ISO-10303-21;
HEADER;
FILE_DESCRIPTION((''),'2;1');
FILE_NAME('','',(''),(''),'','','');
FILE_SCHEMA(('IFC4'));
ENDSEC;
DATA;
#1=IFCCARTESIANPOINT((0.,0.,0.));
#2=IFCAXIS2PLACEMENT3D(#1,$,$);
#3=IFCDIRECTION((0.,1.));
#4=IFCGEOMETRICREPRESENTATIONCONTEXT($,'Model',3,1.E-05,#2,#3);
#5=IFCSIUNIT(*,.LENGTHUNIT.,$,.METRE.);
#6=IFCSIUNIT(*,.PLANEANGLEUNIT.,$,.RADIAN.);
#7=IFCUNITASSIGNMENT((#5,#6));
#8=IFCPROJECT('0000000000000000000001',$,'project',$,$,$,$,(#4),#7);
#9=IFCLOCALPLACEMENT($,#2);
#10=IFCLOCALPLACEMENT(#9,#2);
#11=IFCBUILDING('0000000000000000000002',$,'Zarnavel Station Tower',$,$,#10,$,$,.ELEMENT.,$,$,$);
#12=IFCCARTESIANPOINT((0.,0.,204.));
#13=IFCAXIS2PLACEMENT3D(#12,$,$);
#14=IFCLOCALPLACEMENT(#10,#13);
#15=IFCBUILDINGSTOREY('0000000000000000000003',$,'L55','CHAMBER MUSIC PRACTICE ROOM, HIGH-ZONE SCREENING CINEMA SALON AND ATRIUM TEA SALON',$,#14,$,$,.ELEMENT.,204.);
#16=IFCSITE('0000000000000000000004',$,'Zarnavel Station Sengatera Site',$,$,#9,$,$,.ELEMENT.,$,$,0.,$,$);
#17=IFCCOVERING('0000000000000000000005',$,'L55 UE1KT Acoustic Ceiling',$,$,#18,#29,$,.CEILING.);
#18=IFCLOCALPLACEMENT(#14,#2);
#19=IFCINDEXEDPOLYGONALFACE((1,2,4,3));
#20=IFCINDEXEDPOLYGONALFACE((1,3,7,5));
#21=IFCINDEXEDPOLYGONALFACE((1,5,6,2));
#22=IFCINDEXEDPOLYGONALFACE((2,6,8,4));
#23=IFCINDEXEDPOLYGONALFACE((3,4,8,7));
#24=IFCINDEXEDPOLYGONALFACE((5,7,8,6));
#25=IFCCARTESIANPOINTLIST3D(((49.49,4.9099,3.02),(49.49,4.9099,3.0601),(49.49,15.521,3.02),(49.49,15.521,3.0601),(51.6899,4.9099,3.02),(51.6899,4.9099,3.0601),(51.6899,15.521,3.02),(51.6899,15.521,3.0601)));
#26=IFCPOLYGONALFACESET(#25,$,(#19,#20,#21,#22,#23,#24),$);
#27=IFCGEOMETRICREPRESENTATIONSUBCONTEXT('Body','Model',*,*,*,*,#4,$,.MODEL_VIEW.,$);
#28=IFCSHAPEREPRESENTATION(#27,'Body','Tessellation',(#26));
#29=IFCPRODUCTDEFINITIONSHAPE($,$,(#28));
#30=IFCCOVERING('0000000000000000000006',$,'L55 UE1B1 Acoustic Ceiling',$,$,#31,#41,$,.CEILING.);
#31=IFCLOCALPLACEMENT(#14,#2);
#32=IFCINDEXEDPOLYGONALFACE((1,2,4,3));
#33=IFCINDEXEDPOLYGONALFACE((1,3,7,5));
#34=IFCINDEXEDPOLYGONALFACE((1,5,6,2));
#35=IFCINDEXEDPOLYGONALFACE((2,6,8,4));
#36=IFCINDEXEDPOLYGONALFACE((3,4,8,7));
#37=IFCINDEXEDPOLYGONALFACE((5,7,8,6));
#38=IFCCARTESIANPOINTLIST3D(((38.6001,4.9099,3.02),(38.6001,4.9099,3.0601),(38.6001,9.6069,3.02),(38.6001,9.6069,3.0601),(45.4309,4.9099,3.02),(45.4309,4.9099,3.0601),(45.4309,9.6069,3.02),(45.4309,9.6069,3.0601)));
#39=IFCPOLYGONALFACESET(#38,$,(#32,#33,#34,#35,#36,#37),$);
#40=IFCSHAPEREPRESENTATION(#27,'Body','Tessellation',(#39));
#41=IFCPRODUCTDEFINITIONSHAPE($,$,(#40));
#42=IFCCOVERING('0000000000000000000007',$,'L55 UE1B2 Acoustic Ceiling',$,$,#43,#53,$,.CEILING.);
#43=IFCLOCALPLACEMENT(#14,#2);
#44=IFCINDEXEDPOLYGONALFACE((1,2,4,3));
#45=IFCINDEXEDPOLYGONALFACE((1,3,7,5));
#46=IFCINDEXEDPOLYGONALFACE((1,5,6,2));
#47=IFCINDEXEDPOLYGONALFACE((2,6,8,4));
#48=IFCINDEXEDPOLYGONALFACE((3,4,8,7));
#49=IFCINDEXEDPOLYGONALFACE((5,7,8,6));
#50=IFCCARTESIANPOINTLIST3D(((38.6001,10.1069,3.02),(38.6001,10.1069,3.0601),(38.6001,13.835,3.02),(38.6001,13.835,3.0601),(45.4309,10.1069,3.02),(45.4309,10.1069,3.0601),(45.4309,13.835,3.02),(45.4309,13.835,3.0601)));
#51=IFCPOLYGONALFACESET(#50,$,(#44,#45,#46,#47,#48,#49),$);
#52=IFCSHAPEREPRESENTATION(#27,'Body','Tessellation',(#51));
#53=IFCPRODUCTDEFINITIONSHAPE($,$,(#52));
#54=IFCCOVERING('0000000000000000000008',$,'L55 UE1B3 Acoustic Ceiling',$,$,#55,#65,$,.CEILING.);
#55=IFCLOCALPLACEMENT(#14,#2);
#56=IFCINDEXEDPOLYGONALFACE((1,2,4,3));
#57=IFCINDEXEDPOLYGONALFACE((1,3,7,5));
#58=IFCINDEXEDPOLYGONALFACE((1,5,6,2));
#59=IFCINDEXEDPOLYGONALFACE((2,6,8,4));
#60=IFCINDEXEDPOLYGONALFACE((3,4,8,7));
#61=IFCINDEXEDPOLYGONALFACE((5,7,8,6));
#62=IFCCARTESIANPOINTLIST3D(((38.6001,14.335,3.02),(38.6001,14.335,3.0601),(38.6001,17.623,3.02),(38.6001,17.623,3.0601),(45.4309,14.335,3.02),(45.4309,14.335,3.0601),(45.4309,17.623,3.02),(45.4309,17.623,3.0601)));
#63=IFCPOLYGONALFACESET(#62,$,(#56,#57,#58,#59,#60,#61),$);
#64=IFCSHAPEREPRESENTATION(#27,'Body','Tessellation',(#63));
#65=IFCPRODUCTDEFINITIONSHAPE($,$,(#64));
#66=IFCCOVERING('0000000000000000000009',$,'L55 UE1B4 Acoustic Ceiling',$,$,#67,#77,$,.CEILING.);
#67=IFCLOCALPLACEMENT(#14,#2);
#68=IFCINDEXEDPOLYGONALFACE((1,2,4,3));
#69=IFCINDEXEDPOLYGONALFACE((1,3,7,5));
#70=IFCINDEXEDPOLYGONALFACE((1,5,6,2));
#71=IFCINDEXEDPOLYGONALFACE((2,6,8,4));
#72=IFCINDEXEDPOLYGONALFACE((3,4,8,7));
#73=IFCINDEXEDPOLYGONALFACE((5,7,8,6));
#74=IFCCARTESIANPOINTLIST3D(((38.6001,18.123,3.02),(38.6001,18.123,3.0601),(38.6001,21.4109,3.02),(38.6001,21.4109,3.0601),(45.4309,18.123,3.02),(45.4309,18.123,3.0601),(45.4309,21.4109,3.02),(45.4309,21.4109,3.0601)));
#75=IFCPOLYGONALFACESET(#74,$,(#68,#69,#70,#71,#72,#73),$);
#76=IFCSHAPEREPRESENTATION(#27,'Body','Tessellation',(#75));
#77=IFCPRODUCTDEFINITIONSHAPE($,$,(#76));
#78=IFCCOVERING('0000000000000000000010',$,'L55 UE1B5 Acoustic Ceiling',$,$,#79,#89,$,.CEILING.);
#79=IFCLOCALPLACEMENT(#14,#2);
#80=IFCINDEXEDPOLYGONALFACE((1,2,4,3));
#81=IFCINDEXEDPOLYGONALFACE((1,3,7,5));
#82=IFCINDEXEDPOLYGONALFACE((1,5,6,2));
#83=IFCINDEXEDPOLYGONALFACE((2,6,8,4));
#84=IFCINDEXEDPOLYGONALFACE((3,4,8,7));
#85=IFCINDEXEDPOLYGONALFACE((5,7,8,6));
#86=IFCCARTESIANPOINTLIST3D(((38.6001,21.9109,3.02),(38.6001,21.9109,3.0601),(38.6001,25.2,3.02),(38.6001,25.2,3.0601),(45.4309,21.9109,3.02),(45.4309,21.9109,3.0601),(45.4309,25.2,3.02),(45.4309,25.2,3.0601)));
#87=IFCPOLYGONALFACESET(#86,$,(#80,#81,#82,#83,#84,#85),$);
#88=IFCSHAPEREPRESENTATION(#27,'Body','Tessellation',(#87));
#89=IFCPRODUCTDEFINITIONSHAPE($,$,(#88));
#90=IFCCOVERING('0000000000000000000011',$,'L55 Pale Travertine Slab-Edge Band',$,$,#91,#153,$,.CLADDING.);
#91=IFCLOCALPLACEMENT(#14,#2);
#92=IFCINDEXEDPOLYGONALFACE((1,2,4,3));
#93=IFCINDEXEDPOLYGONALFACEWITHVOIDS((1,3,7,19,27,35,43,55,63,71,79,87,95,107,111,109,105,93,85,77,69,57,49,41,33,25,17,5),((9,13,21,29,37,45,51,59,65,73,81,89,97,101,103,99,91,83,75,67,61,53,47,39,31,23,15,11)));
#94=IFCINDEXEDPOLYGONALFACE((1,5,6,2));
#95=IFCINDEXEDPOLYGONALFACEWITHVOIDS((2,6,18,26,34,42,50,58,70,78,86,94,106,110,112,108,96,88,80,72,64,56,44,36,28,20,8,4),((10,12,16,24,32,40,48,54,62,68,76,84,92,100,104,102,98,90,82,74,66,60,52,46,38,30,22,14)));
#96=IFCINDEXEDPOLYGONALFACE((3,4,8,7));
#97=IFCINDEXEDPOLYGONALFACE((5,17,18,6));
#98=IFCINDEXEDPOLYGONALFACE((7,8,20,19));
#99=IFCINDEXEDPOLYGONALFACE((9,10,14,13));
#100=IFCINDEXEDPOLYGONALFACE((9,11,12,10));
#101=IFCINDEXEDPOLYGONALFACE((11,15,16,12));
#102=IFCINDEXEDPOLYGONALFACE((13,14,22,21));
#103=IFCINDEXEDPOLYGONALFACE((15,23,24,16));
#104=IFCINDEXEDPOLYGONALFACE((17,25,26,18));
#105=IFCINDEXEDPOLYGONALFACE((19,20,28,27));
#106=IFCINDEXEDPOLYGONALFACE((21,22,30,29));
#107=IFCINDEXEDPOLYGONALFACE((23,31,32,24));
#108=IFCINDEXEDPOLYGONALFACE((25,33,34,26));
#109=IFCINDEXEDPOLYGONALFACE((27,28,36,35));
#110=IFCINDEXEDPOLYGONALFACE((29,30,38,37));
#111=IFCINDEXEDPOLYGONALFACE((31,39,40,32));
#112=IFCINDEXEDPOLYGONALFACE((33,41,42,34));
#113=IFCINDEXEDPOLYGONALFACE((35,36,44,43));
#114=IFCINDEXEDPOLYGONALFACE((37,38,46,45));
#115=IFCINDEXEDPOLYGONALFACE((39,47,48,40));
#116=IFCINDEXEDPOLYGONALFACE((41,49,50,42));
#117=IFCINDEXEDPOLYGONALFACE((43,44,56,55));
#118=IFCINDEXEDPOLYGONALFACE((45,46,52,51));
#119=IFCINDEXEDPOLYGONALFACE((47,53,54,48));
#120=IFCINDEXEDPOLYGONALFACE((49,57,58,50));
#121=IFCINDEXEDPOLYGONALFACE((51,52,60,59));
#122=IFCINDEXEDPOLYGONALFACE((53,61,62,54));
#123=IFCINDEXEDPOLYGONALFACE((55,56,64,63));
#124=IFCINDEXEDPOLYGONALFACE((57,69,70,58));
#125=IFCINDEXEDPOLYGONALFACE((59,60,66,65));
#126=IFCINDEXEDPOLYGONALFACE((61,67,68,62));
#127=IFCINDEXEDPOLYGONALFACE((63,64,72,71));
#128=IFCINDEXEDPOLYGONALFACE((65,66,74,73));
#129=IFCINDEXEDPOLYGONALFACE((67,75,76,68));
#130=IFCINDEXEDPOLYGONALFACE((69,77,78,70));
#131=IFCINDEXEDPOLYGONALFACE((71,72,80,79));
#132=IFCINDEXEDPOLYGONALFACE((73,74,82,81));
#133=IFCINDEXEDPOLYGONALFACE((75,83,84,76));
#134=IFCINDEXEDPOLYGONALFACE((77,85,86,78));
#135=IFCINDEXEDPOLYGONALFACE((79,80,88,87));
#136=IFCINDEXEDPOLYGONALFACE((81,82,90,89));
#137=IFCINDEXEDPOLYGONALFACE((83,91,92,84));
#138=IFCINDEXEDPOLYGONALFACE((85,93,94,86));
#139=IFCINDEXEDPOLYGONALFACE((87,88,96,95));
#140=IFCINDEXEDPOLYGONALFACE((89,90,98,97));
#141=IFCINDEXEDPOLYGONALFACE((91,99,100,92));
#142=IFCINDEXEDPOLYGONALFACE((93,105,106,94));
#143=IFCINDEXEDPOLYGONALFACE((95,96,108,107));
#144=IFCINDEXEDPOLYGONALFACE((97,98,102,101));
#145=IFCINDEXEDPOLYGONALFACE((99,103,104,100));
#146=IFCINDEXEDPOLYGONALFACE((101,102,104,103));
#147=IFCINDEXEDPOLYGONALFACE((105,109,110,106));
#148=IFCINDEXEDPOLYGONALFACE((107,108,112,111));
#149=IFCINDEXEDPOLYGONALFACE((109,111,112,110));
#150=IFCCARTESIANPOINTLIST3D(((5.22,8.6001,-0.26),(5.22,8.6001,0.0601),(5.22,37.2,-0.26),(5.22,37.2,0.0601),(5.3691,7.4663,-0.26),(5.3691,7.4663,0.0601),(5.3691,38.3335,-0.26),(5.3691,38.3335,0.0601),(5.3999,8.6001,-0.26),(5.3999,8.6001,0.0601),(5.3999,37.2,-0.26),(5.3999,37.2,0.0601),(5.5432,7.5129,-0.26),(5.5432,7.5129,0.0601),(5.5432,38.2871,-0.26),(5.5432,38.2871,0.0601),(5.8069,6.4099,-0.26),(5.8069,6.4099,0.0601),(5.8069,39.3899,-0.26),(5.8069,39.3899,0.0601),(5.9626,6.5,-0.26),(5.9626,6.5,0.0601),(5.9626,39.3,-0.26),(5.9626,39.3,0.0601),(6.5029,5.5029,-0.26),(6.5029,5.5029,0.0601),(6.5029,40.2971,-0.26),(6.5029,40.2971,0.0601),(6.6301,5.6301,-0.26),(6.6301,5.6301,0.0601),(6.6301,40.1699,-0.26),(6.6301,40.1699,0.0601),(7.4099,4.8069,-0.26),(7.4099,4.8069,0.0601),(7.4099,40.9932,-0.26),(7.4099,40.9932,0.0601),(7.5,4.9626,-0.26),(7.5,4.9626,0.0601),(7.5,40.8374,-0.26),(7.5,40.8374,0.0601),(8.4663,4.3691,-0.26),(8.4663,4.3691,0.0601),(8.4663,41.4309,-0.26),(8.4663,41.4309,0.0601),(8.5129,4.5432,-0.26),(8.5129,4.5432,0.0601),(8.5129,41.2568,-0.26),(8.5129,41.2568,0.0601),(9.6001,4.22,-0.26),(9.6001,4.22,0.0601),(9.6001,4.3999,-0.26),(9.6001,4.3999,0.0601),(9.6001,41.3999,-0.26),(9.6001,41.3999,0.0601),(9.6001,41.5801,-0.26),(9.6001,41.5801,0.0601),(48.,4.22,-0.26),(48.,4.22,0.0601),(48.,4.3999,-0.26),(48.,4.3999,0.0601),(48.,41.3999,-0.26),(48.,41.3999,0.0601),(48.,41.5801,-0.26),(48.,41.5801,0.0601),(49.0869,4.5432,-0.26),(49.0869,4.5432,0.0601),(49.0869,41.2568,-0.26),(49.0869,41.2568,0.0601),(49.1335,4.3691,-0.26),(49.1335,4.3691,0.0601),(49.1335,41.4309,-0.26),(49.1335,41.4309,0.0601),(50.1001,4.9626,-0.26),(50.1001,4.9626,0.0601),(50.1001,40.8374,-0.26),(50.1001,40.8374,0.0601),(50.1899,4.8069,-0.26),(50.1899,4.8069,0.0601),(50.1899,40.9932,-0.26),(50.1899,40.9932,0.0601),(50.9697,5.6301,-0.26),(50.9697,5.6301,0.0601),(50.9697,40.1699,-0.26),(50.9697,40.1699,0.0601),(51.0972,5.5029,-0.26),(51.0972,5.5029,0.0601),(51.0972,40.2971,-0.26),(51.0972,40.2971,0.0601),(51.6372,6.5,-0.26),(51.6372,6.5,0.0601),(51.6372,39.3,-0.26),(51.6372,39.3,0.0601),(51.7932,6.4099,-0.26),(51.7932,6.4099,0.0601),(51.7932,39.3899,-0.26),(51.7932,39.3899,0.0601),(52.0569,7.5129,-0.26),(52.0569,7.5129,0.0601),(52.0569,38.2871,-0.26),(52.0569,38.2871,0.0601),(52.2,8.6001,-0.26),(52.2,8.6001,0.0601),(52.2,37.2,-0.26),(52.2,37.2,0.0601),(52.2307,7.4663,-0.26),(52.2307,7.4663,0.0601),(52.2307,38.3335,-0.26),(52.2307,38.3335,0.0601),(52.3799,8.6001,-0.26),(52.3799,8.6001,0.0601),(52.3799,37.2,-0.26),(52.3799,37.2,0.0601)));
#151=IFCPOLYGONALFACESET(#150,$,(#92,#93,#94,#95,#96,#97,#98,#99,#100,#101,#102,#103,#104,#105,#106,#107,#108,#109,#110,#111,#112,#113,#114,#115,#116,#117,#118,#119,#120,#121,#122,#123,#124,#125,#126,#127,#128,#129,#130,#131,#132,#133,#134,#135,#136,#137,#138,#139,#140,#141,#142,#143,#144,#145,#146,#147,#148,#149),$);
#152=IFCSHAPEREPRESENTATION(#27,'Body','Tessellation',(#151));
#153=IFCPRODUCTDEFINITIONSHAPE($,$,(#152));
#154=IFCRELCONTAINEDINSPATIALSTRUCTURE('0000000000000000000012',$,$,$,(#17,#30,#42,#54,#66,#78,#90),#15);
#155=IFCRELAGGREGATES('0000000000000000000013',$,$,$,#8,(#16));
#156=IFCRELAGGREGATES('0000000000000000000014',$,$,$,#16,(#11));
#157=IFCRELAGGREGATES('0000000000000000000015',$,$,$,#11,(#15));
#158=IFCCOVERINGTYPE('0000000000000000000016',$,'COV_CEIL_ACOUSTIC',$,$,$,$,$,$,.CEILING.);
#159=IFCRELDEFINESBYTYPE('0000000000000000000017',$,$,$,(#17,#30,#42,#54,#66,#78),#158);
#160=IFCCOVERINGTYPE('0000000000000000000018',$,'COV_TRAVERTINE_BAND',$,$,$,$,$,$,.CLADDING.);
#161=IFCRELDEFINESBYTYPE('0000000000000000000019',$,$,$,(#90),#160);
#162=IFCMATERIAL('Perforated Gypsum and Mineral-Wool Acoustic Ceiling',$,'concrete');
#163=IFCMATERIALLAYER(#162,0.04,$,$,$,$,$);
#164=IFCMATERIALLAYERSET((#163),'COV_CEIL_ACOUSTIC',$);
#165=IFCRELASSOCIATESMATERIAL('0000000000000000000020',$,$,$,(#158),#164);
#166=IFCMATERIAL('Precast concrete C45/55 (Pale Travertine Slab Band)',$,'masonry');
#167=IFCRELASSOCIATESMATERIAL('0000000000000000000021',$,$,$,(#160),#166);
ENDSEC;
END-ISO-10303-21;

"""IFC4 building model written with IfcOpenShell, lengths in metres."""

from ifc_helpers import new_model, si_unit, direction, frame, origin, place, context, subcontext, project, spatial, polyline, outline, extrude, material, layer, layer_set, type_object, element, save


model = new_model("IFC4")

# Units and contexts
model_context = context("Model", 3, precision=1e-05, world=origin(), true_north=direction((0.0, 1.0)))
body_context = subcontext(model_context, "Body", "Model", "MODEL_VIEW")
ifc_project = project(units=[si_unit("LENGTHUNIT", "METRE"), si_unit("PLANEANGLEUNIT", "RADIAN")], contexts=[model_context])

# Site, building, storey
site_placement = place(None, origin())
site = spatial("IfcSite", under=ifc_project, at=site_placement, Name="Zarnavel Station Sengatera Site", CompositionType="ELEMENT", RefElevation=0.0)
building_placement = place(site_placement, origin())
building = spatial("IfcBuilding", under=site, at=building_placement, Name="Zarnavel Station Tower", CompositionType="ELEMENT")
storey_placement = place(building_placement, frame((0.0, 0.0, 204.0)))
storey = spatial("IfcBuildingStorey", under=building, at=storey_placement, Name="L55", Description="CHAMBER MUSIC PRACTICE ROOM, HIGH-ZONE SCREENING CINEMA SALON AND ATRIUM TEA SALON", CompositionType="ELEMENT", Elevation=204.0)

# Coverings
ifc_material_1 = material(Name="Perforated Gypsum and Mineral-Wool Acoustic Ceiling", Category="concrete")
ifc_layer_1 = layer(ifc_material_1, 0.04)
ifc_layer_set_1 = layer_set([ifc_layer_1], Name="COV_CEIL_ACOUSTIC")
covering_type_1 = type_object("IfcCoveringType", Name="COV_CEIL_ACOUSTIC", PredefinedType="CEILING", material=ifc_layer_set_1)
covering_1_placement = place(storey_placement, frame((0.0, 0.0, 3.02)))
element("IfcCovering", 1, at=covering_1_placement, inside=storey, type_object=covering_type_1, Name="L55 UE1KT Acoustic Ceiling", PredefinedType="CEILING", context=body_context, shape_type="SweptSolid", body=[
    extrude(outline(polyline([(49.49, 4.9099), (51.6899, 4.9099), (51.6899, 15.521), (49.49, 15.521), (49.49, 4.9099)])), origin(), (0.0, 0.0, 1.0), 0.04),
])
covering_2_placement = place(storey_placement, frame((0.0, 0.0, 3.02)))
element("IfcCovering", 2, at=covering_2_placement, inside=storey, type_object=covering_type_1, Name="L55 UE1B1 Acoustic Ceiling", PredefinedType="CEILING", context=body_context, shape_type="SweptSolid", body=[
    extrude(outline(polyline([(38.6001, 4.9099), (45.4309, 4.9099), (45.4309, 9.6069), (38.6001, 9.6069), (38.6001, 4.9099)])), origin(), (0.0, 0.0, 1.0), 0.04),
])
covering_3_placement = place(storey_placement, frame((0.0, 0.0, 3.02)))
element("IfcCovering", 3, at=covering_3_placement, inside=storey, type_object=covering_type_1, Name="L55 UE1B2 Acoustic Ceiling", PredefinedType="CEILING", context=body_context, shape_type="SweptSolid", body=[
    extrude(outline(polyline([(38.6001, 10.1069), (45.4309, 10.1069), (45.4309, 13.835), (38.6001, 13.835), (38.6001, 10.1069)])), origin(), (0.0, 0.0, 1.0), 0.04),
])
covering_4_placement = place(storey_placement, frame((0.0, 0.0, 3.02)))
element("IfcCovering", 4, at=covering_4_placement, inside=storey, type_object=covering_type_1, Name="L55 UE1B3 Acoustic Ceiling", PredefinedType="CEILING", context=body_context, shape_type="SweptSolid", body=[
    extrude(outline(polyline([(38.6001, 14.335), (45.4309, 14.335), (45.4309, 17.623), (38.6001, 17.623), (38.6001, 14.335)])), origin(), (0.0, 0.0, 1.0), 0.04),
])
covering_5_placement = place(storey_placement, frame((0.0, 0.0, 3.02)))
element("IfcCovering", 5, at=covering_5_placement, inside=storey, type_object=covering_type_1, Name="L55 UE1B4 Acoustic Ceiling", PredefinedType="CEILING", context=body_context, shape_type="SweptSolid", body=[
    extrude(outline(polyline([(38.6001, 18.123), (45.4309, 18.123), (45.4309, 21.4109), (38.6001, 21.4109), (38.6001, 18.123)])), origin(), (0.0, 0.0, 1.0), 0.04),
])
covering_6_placement = place(storey_placement, frame((0.0, 0.0, 3.02)))
element("IfcCovering", 6, at=covering_6_placement, inside=storey, type_object=covering_type_1, Name="L55 UE1B5 Acoustic Ceiling", PredefinedType="CEILING", context=body_context, shape_type="SweptSolid", body=[
    extrude(outline(polyline([(38.6001, 21.9109), (45.4309, 21.9109), (45.4309, 25.2), (38.6001, 25.2), (38.6001, 21.9109)])), origin(), (0.0, 0.0, 1.0), 0.04),
])
ifc_material_2 = material(Name="Precast concrete C45/55 (Pale Travertine Slab Band)", Category="masonry")
covering_type_2 = type_object("IfcCoveringType", Name="COV_TRAVERTINE_BAND", PredefinedType="CLADDING", material=ifc_material_2)
covering_7_placement = place(storey_placement, frame((0.0, 0.0, -0.26)))
element("IfcCovering", 7, at=covering_7_placement, inside=storey, type_object=covering_type_2, Name="L55 Pale Travertine Slab-Edge Band", PredefinedType="CLADDING", context=body_context, shape_type="SweptSolid", body=[
    extrude(outline(polyline([(48.0, 4.22), (49.1335, 4.3691), (50.1899, 4.8069), (51.0972, 5.5029), (51.7932, 6.4099), (52.2307, 7.4663), (52.3799, 8.6001), (52.3799, 37.2), (52.2307, 38.3335), (51.7932, 39.3899), (51.0972, 40.2971), (50.1899, 40.9932), (49.1335, 41.4309), (48.0, 41.5801), (9.6001, 41.5801), (8.4663, 41.4309), (7.4099, 40.9932), (6.5029, 40.2971), (5.8069, 39.3899), (5.3691, 38.3335), (5.22, 37.2), (5.22, 8.6001), (5.3691, 7.4663), (5.8069, 6.4099), (6.5029, 5.5029), (7.4099, 4.8069), (8.4663, 4.3691), (9.6001, 4.22), (48.0, 4.22)]), holes=[polyline([(48.0, 4.3999), (49.0869, 4.5432), (50.1001, 4.9626), (50.9697, 5.6301), (51.6372, 6.5), (52.0569, 7.5129), (52.2, 8.6001), (52.2, 37.2), (52.0569, 38.2871), (51.6372, 39.3), (50.9697, 40.1699), (50.1001, 40.8374), (49.0869, 41.2568), (48.0, 41.3999), (9.6001, 41.3999), (8.5129, 41.2568), (7.5, 40.8374), (6.6301, 40.1699), (5.9626, 39.3), (5.5432, 38.2871), (5.3999, 37.2), (5.3999, 8.6001), (5.5432, 7.5129), (5.9626, 6.5), (6.6301, 5.6301), (7.5, 4.9626), (8.5129, 4.5432), (9.6001, 4.3999), (48.0, 4.3999)])]), origin(), (0.0, 0.0, 1.0), 0.3201),
])

save(model, "model.ifc")
